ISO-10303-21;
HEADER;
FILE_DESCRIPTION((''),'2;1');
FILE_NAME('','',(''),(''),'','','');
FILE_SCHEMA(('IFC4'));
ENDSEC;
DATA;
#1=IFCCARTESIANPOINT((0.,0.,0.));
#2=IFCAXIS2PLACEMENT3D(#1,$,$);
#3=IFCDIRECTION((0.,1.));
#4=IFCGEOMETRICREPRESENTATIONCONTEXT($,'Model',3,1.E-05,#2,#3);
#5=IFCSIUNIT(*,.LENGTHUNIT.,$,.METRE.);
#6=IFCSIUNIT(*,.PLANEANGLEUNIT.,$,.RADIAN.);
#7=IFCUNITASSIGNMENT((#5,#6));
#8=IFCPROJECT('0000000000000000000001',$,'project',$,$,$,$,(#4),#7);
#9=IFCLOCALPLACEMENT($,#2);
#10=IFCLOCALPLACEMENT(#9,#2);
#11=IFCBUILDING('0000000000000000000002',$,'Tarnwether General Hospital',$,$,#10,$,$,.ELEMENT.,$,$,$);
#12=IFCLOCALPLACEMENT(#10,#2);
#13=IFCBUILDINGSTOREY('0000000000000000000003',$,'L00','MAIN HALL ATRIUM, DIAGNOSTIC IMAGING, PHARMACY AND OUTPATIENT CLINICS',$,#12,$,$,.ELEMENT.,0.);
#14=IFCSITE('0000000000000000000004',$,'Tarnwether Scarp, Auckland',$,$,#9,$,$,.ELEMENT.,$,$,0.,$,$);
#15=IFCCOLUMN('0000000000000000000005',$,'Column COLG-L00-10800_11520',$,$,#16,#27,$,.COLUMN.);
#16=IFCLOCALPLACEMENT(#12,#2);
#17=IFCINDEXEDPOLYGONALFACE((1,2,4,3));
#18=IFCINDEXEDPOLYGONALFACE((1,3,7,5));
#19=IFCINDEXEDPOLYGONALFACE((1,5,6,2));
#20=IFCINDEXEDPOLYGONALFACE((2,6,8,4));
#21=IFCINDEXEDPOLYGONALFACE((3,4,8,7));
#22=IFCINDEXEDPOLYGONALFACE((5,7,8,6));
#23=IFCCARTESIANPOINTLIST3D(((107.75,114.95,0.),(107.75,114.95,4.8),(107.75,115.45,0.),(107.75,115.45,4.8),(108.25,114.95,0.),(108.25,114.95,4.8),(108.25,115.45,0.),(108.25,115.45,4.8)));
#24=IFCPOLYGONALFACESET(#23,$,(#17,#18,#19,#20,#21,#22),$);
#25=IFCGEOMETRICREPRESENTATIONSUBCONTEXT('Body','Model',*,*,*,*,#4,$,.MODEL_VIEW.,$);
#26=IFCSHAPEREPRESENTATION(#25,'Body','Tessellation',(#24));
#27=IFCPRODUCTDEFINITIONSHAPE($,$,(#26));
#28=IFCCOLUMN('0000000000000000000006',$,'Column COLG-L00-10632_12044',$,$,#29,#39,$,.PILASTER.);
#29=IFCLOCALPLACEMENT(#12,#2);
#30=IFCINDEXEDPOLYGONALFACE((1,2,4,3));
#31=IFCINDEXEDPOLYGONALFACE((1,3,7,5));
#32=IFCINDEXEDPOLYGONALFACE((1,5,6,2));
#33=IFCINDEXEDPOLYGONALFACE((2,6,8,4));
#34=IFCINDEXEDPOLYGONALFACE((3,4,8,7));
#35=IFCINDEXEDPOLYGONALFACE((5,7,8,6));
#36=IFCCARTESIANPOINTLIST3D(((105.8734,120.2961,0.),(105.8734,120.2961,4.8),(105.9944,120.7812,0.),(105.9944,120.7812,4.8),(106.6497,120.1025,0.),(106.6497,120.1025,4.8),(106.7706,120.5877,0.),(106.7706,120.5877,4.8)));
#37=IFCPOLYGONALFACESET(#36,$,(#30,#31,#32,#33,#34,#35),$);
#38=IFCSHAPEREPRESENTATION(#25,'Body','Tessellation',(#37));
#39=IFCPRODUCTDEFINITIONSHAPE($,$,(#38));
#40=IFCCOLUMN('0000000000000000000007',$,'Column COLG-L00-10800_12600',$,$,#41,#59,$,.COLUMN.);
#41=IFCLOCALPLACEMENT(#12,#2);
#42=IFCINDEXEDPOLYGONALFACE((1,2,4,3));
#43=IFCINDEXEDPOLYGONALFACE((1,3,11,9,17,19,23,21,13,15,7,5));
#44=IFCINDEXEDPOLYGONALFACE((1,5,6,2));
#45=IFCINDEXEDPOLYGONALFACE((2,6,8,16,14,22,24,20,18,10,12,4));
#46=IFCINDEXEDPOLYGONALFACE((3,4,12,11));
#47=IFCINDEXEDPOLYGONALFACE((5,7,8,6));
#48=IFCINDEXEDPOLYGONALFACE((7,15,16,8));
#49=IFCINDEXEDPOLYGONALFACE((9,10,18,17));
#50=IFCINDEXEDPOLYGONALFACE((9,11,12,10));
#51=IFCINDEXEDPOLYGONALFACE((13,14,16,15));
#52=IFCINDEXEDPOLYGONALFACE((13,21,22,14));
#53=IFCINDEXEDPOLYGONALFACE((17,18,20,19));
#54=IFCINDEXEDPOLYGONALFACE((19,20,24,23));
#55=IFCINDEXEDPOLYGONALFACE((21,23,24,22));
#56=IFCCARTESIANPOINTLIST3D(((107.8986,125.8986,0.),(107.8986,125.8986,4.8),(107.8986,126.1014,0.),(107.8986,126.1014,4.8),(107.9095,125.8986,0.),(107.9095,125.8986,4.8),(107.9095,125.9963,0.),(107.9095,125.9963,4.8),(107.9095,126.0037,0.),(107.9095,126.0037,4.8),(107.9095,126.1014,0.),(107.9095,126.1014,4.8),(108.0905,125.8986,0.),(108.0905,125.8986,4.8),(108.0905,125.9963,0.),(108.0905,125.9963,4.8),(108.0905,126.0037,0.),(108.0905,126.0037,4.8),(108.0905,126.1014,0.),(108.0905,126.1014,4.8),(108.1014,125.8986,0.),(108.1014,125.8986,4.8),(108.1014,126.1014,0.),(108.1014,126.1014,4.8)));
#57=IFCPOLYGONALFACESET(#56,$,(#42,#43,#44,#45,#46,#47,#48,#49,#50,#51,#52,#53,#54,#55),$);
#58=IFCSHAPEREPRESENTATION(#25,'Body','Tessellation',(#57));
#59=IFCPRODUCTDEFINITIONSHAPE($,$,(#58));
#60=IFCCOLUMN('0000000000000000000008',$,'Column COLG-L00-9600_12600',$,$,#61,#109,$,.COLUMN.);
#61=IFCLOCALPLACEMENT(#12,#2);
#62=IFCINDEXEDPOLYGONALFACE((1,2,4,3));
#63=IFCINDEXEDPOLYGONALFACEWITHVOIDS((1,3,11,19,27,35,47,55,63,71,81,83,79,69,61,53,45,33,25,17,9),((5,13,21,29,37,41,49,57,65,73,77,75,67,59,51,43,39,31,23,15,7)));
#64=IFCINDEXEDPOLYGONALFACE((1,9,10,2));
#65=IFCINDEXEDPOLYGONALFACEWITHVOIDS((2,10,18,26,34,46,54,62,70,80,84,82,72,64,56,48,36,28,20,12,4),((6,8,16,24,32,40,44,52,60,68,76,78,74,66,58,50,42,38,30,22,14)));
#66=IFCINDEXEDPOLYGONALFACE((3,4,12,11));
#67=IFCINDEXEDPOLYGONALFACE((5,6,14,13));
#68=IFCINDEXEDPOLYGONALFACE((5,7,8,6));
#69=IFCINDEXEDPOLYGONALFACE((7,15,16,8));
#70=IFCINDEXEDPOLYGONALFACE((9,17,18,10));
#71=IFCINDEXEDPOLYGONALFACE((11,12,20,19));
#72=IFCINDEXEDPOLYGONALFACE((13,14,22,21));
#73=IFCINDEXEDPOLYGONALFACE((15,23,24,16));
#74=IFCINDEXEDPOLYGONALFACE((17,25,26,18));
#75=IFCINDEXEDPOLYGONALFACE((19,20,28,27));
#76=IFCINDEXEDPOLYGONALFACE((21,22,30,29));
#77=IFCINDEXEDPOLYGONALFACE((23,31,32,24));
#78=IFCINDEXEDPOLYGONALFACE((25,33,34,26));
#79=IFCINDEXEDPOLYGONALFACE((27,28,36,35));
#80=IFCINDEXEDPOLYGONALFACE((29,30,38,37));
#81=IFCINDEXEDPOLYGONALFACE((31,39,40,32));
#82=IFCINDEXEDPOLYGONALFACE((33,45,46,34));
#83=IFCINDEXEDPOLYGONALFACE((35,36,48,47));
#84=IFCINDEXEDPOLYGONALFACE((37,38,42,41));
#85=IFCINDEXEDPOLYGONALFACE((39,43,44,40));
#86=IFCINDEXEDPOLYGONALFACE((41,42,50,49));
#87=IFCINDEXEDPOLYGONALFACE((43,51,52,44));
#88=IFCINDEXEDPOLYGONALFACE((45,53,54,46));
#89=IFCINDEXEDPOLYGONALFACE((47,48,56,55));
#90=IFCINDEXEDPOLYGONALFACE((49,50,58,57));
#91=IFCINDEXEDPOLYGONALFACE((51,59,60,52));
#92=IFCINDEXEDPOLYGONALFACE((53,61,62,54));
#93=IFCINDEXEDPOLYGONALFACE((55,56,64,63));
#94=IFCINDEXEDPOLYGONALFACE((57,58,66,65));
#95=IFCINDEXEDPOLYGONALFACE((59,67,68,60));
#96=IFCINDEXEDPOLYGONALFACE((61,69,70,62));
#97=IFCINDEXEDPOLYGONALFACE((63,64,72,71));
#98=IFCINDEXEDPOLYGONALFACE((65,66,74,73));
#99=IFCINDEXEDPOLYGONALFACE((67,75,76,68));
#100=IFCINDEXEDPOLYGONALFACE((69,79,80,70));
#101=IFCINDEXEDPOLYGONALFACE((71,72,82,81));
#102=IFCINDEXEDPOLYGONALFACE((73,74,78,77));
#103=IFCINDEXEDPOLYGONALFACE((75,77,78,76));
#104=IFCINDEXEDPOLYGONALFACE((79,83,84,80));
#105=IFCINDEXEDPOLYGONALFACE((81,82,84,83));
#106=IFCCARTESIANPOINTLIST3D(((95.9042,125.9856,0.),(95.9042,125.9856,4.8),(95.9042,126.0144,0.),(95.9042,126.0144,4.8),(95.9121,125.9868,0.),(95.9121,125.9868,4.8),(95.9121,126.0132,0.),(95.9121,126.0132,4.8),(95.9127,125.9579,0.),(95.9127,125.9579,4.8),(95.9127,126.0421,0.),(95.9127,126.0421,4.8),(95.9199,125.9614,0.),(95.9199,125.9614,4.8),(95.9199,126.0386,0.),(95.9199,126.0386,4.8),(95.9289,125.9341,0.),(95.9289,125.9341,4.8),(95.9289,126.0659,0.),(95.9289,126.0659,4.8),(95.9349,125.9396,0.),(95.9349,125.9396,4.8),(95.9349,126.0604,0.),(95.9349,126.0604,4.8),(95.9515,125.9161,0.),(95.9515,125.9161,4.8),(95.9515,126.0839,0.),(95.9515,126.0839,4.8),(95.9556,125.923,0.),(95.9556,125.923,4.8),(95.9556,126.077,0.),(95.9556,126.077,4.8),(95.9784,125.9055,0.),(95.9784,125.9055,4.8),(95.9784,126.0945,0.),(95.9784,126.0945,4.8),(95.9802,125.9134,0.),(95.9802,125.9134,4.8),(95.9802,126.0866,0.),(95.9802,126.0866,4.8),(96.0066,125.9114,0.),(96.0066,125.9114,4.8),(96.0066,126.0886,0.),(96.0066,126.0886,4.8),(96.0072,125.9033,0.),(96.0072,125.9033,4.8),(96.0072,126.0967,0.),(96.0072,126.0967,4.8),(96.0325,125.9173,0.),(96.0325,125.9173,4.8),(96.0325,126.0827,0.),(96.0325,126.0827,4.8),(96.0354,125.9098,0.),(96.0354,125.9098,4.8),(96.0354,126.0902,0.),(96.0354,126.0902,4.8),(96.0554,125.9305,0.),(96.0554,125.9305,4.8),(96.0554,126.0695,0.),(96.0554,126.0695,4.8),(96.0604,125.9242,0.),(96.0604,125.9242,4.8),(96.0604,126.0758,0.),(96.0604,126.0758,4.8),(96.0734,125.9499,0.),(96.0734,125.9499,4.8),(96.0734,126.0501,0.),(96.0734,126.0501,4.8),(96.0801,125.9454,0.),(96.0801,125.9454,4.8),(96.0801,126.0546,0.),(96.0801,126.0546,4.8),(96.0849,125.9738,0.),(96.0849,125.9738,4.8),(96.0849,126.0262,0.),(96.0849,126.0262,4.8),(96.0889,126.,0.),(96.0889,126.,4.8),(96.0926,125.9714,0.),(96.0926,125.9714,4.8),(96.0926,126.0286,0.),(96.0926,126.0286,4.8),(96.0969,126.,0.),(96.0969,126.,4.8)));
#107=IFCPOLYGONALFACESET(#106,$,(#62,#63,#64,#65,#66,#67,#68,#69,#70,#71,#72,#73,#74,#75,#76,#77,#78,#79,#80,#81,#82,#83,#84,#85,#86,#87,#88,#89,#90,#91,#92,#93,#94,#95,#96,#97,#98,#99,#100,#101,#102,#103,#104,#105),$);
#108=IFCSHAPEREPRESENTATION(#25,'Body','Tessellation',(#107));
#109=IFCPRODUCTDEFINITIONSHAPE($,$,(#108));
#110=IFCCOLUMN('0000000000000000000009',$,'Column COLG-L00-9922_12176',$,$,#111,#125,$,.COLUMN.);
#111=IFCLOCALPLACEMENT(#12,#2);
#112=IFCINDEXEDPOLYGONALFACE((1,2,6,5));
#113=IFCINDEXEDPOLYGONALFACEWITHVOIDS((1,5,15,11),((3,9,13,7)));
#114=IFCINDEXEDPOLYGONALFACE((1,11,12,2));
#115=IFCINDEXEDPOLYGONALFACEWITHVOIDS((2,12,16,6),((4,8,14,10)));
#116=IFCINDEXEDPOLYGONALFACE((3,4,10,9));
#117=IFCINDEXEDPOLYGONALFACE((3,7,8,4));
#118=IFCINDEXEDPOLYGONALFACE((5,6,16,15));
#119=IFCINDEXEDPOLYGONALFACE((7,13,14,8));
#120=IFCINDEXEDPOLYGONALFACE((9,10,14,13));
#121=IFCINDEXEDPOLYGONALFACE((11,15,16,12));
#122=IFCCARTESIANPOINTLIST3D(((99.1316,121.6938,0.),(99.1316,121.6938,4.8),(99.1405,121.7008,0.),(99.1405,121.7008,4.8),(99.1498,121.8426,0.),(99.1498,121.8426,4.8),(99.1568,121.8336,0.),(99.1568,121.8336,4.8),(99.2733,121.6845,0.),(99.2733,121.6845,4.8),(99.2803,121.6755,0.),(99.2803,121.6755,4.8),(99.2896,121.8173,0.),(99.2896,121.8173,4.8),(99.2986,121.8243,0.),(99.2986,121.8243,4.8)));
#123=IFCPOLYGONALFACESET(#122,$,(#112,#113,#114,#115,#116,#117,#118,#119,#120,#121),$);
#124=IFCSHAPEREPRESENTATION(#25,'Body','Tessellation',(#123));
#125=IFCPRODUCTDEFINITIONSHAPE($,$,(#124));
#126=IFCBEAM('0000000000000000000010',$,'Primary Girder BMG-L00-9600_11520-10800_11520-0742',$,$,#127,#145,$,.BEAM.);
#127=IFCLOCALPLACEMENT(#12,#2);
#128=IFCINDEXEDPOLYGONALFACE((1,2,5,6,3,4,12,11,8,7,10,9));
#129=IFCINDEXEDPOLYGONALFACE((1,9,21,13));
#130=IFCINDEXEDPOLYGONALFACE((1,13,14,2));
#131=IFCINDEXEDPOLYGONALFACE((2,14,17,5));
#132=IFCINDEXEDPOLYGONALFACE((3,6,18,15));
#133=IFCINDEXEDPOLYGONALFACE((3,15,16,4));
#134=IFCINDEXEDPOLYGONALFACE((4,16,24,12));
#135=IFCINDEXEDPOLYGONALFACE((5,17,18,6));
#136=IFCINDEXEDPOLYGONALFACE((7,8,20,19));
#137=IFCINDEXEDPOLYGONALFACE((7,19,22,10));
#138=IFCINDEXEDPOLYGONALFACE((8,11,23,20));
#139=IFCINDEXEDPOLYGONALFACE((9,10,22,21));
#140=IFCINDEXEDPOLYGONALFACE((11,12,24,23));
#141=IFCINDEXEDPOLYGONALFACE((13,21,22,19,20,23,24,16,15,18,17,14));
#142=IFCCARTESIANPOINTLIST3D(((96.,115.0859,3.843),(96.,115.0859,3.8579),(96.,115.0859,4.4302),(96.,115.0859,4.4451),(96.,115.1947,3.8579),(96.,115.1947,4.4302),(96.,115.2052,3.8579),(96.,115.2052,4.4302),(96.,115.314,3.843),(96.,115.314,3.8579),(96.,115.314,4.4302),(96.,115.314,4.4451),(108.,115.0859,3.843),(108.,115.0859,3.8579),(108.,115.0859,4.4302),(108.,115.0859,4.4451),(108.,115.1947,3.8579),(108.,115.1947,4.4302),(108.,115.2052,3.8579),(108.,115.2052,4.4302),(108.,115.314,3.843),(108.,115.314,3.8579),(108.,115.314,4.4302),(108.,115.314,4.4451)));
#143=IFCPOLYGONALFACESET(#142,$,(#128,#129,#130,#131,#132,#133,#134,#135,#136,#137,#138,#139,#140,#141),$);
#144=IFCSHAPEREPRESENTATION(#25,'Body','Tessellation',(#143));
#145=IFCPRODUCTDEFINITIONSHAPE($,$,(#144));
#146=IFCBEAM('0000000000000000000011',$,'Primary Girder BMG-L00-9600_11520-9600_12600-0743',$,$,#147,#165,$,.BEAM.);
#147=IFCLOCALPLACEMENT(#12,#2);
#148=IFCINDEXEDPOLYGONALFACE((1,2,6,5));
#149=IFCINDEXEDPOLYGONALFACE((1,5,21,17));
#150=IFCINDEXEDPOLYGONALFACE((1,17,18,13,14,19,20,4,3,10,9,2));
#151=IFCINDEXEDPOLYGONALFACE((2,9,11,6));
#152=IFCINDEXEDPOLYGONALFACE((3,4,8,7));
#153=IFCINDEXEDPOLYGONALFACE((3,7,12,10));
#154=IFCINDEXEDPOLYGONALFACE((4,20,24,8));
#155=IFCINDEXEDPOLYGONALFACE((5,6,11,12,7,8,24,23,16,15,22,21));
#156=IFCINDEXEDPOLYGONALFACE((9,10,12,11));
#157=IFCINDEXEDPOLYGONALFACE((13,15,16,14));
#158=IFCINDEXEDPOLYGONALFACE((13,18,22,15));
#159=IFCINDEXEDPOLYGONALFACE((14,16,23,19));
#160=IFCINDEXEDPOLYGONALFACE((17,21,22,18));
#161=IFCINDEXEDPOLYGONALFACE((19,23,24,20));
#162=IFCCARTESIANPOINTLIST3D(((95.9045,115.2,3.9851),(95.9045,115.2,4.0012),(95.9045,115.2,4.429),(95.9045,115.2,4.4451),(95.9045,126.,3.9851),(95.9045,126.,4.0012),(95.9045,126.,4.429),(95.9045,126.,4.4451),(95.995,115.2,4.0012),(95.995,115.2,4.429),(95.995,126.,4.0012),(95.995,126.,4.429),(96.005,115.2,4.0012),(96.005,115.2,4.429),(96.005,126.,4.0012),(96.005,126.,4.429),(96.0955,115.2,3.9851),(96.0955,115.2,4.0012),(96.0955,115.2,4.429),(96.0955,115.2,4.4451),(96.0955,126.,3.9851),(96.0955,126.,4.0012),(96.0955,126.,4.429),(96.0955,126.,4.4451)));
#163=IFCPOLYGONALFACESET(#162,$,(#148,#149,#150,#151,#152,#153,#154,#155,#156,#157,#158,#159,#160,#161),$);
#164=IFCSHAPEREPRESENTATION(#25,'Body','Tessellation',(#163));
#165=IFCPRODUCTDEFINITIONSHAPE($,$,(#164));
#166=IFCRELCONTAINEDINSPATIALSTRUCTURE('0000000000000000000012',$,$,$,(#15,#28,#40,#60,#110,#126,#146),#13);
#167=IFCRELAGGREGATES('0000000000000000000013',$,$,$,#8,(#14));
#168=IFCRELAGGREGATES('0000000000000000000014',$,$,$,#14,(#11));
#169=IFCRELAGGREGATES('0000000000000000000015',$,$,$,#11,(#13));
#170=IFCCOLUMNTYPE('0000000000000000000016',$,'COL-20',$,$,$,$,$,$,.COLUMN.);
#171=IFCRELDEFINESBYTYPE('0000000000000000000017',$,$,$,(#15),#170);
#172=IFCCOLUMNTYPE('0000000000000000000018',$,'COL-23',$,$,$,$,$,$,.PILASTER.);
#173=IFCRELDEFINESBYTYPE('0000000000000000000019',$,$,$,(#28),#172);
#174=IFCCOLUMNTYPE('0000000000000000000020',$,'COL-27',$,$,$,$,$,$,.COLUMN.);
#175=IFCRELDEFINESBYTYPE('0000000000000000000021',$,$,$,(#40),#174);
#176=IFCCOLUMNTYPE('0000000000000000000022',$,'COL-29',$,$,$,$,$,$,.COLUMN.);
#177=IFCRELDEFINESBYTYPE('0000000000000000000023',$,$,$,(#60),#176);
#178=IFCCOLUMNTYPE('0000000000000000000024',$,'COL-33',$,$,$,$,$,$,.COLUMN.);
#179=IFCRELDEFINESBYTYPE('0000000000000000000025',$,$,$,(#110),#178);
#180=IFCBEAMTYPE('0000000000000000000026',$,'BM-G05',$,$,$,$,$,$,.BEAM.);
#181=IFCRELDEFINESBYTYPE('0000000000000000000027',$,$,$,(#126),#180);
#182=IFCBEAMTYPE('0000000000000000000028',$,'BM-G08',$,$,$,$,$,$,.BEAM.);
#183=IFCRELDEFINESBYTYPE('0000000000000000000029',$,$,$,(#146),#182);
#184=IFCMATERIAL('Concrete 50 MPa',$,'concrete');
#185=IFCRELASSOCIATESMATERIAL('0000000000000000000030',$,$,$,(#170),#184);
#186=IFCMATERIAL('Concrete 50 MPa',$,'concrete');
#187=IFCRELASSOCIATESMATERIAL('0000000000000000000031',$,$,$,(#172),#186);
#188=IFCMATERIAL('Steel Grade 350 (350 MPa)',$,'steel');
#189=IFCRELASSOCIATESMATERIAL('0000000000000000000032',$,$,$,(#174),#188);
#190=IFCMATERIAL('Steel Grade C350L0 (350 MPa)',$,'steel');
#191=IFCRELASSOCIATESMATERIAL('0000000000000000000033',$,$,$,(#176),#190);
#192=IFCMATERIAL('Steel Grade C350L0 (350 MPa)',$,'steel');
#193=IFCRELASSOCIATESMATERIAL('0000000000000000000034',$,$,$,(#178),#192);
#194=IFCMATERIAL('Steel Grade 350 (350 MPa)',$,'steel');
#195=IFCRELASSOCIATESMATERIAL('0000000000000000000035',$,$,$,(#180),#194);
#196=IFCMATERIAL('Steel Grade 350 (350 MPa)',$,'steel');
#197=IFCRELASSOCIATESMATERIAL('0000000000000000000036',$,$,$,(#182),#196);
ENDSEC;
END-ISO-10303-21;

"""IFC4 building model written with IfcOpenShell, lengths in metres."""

from ifc_helpers import new_model, si_unit, direction, frame, origin, origin_2d, place, context, subcontext, project, spatial, rectangle, hollow_rectangle, hollow_circle, i_section, extrude, material, material_profile, profile_set, type_object, element, save


model = new_model("IFC4")

# Units and contexts
model_context = context("Model", 3, precision=1e-05, world=origin(), true_north=direction((0.0, 1.0)))
body_context = subcontext(model_context, "Body", "Model", "MODEL_VIEW")
ifc_project = project(units=[si_unit("LENGTHUNIT", "METRE"), si_unit("PLANEANGLEUNIT", "RADIAN")], contexts=[model_context])

# Site, building, storey
site_placement = place(None, origin())
site = spatial("IfcSite", under=ifc_project, at=site_placement, Name="Tarnwether Scarp, Auckland", CompositionType="ELEMENT", RefElevation=0.0)
building_placement = place(site_placement, origin())
building = spatial("IfcBuilding", under=site, at=building_placement, Name="Tarnwether General Hospital", CompositionType="ELEMENT")
storey_placement = place(building_placement, origin())
storey = spatial("IfcBuildingStorey", under=building, at=storey_placement, Name="L00", Description="MAIN HALL ATRIUM, DIAGNOSTIC IMAGING, PHARMACY AND OUTPATIENT CLINICS", CompositionType="ELEMENT", Elevation=0.0)

# Columns
ifc_material_1 = material(Name="Concrete 50 MPa", Category="concrete")
ifc_material_profile_1 = material_profile(ifc_material_1, rectangle(XDim=0.5, YDim=0.5, at=origin_2d()), Name="RC-COL-500x500")
ifc_profile_set_1 = profile_set([ifc_material_profile_1], Name="Concrete 50 MPa")
column_type_1 = type_object("IfcColumnType", Name="COL-20", PredefinedType="COLUMN", material=ifc_profile_set_1)
column_1_placement = place(storey_placement, frame((108.0, 115.2, 0.0), z_axis=(0.0, 0.0, 1.0), x_axis=(0.0, 1.0, 0.0)))
element("IfcColumn", 1, at=column_1_placement, inside=storey, type_object=column_type_1, Name="Column COLG-L00-10800_11520", PredefinedType="COLUMN", context=body_context, shape_type="SweptSolid", body=[
    extrude(rectangle(XDim=0.5, YDim=0.5, at=origin_2d()), origin(), (0.0, 0.0, 1.0), 4.8),
])
ifc_material_2 = material(Name="Concrete 50 MPa", Category="concrete")
ifc_material_profile_2 = material_profile(ifc_material_2, rectangle(XDim=0.5, YDim=0.8, at=origin_2d()), Name="RC-PIL-500x800")
ifc_profile_set_2 = profile_set([ifc_material_profile_2], Name="Concrete 50 MPa")
column_type_2 = type_object("IfcColumnType", Name="COL-23", PredefinedType="PILASTER", material=ifc_profile_set_2)
column_2_placement = place(storey_placement, frame((106.322, 120.4419, 0.0), z_axis=(0.0, 0.0, 1.0), x_axis=(0.241922, 0.970296, 0.0)))
element("IfcColumn", 2, at=column_2_placement, inside=storey, type_object=column_type_2, Name="Column COLG-L00-10632_12044", PredefinedType="PILASTER", context=body_context, shape_type="SweptSolid", body=[
    extrude(rectangle(XDim=0.5, YDim=0.8, at=origin_2d()), origin(), (0.0, 0.0, 1.0), 4.8),
])
ifc_material_3 = material(Name="Steel Grade 350 (350 MPa)", Category="steel")
ifc_material_profile_3 = material_profile(ifc_material_3, i_section(OverallWidth=0.2029, OverallDepth=0.2029, WebThickness=0.0073, FlangeThickness=0.011, at=origin_2d()), Name="200UC46.2")
ifc_profile_set_3 = profile_set([ifc_material_profile_3], Name="Steel Grade 350 (350 MPa)")
column_type_3 = type_object("IfcColumnType", Name="COL-27", PredefinedType="COLUMN", material=ifc_profile_set_3)
column_3_placement = place(storey_placement, frame((108.0, 126.0, 0.0), z_axis=(0.0, 0.0, 1.0), x_axis=(0.0, 1.0, 0.0)))
element("IfcColumn", 3, at=column_3_placement, inside=storey, type_object=column_type_3, Name="Column COLG-L00-10800_12600", PredefinedType="COLUMN", context=body_context, shape_type="SweptSolid", body=[
    extrude(i_section(OverallWidth=0.2029, OverallDepth=0.2029, WebThickness=0.0073, FlangeThickness=0.011, at=origin_2d()), origin(), (0.0, 0.0, 1.0), 4.8),
])
ifc_material_4 = material(Name="Steel Grade C350L0 (350 MPa)", Category="steel")
ifc_material_profile_4 = material_profile(ifc_material_4, hollow_circle(Radius=0.0969, WallThickness=0.0081, at=origin_2d()), Name="CHS193.7x8.0")
ifc_profile_set_4 = profile_set([ifc_material_profile_4], Name="Steel Grade C350L0 (350 MPa)")
column_type_4 = type_object("IfcColumnType", Name="COL-29", PredefinedType="COLUMN", material=ifc_profile_set_4)
column_4_placement = place(storey_placement, frame((96.0, 126.0, 0.0), z_axis=(0.0, 0.0, 1.0), x_axis=(1.0, 0.0, 0.0)))
element("IfcColumn", 4, at=column_4_placement, inside=storey, type_object=column_type_4, Name="Column COLG-L00-9600_12600", PredefinedType="COLUMN", context=body_context, shape_type="SweptSolid", body=[
    extrude(hollow_circle(Radius=0.0969, WallThickness=0.0081, at=origin_2d()), origin(), (0.0, 0.0, 1.0), 4.8),
])
ifc_material_5 = material(Name="Steel Grade C350L0 (350 MPa)", Category="steel")
ifc_material_profile_5 = material_profile(ifc_material_5, hollow_rectangle(XDim=0.1499, YDim=0.1499, WallThickness=0.0081, at=origin_2d()), Name="SHS150x150x8")
ifc_profile_set_5 = profile_set([ifc_material_profile_5], Name="Steel Grade C350L0 (350 MPa)")
column_type_5 = type_object("IfcColumnType", Name="COL-33", PredefinedType="COLUMN", material=ifc_profile_set_5)
column_5_placement = place(storey_placement, frame((99.2151, 121.759, 0.0), z_axis=(0.0, 0.0, 1.0), x_axis=(0.121869, 0.992546, 0.0)))
element("IfcColumn", 5, at=column_5_placement, inside=storey, type_object=column_type_5, Name="Column COLG-L00-9922_12176", PredefinedType="COLUMN", context=body_context, shape_type="SweptSolid", body=[
    extrude(hollow_rectangle(XDim=0.1499, YDim=0.1499, WallThickness=0.0081, at=origin_2d()), origin(), (0.0, 0.0, 1.0), 4.8),
])

# Beams
ifc_material_6 = material(Name="Steel Grade 350 (350 MPa)", Category="steel")
ifc_material_profile_6 = material_profile(ifc_material_6, i_section(OverallWidth=0.228, OverallDepth=0.6021, WebThickness=0.0105, FlangeThickness=0.0149, at=origin_2d()), Name="610UB101")
ifc_profile_set_6 = profile_set([ifc_material_profile_6], Name="Steel Grade 350 (350 MPa)")
beam_type_1 = type_object("IfcBeamType", Name="BM-G05", PredefinedType="BEAM", material=ifc_profile_set_6)
beam_1_placement = place(storey_placement, frame((96.0, 115.2, 4.144), z_axis=(1.0, 0.0, 0.0), x_axis=(0.0, 1.0, 0.0)))
element("IfcBeam", 6, at=beam_1_placement, inside=storey, type_object=beam_type_1, Name="Primary Girder BMG-L00-9600_11520-10800_11520-0742", PredefinedType="BEAM", context=body_context, shape_type="SweptSolid", body=[
    extrude(i_section(OverallWidth=0.228, OverallDepth=0.6021, WebThickness=0.0105, FlangeThickness=0.0149, at=origin_2d()), origin(), (0.0, 0.0, 1.0), 12.0),
])
ifc_material_7 = material(Name="Steel Grade 350 (350 MPa)", Category="steel")
ifc_material_profile_7 = material_profile(ifc_material_7, i_section(OverallWidth=0.1909, OverallDepth=0.46, WebThickness=0.01, FlangeThickness=0.0161, at=origin_2d()), Name="460UB82.1")
ifc_profile_set_7 = profile_set([ifc_material_profile_7], Name="Steel Grade 350 (350 MPa)")
beam_type_2 = type_object("IfcBeamType", Name="BM-G08", PredefinedType="BEAM", material=ifc_profile_set_7)
beam_2_placement = place(storey_placement, frame((96.0, 115.2, 4.2151), z_axis=(0.0, 1.0, 0.0), x_axis=(-1.0, 0.0, 0.0)))
element("IfcBeam", 7, at=beam_2_placement, inside=storey, type_object=beam_type_2, Name="Primary Girder BMG-L00-9600_11520-9600_12600-0743", PredefinedType="BEAM", context=body_context, shape_type="SweptSolid", body=[
    extrude(i_section(OverallWidth=0.1909, OverallDepth=0.46, WebThickness=0.01, FlangeThickness=0.0161, at=origin_2d()), origin(), (0.0, 0.0, 1.0), 10.8),
])

save(model, "model.ifc")
